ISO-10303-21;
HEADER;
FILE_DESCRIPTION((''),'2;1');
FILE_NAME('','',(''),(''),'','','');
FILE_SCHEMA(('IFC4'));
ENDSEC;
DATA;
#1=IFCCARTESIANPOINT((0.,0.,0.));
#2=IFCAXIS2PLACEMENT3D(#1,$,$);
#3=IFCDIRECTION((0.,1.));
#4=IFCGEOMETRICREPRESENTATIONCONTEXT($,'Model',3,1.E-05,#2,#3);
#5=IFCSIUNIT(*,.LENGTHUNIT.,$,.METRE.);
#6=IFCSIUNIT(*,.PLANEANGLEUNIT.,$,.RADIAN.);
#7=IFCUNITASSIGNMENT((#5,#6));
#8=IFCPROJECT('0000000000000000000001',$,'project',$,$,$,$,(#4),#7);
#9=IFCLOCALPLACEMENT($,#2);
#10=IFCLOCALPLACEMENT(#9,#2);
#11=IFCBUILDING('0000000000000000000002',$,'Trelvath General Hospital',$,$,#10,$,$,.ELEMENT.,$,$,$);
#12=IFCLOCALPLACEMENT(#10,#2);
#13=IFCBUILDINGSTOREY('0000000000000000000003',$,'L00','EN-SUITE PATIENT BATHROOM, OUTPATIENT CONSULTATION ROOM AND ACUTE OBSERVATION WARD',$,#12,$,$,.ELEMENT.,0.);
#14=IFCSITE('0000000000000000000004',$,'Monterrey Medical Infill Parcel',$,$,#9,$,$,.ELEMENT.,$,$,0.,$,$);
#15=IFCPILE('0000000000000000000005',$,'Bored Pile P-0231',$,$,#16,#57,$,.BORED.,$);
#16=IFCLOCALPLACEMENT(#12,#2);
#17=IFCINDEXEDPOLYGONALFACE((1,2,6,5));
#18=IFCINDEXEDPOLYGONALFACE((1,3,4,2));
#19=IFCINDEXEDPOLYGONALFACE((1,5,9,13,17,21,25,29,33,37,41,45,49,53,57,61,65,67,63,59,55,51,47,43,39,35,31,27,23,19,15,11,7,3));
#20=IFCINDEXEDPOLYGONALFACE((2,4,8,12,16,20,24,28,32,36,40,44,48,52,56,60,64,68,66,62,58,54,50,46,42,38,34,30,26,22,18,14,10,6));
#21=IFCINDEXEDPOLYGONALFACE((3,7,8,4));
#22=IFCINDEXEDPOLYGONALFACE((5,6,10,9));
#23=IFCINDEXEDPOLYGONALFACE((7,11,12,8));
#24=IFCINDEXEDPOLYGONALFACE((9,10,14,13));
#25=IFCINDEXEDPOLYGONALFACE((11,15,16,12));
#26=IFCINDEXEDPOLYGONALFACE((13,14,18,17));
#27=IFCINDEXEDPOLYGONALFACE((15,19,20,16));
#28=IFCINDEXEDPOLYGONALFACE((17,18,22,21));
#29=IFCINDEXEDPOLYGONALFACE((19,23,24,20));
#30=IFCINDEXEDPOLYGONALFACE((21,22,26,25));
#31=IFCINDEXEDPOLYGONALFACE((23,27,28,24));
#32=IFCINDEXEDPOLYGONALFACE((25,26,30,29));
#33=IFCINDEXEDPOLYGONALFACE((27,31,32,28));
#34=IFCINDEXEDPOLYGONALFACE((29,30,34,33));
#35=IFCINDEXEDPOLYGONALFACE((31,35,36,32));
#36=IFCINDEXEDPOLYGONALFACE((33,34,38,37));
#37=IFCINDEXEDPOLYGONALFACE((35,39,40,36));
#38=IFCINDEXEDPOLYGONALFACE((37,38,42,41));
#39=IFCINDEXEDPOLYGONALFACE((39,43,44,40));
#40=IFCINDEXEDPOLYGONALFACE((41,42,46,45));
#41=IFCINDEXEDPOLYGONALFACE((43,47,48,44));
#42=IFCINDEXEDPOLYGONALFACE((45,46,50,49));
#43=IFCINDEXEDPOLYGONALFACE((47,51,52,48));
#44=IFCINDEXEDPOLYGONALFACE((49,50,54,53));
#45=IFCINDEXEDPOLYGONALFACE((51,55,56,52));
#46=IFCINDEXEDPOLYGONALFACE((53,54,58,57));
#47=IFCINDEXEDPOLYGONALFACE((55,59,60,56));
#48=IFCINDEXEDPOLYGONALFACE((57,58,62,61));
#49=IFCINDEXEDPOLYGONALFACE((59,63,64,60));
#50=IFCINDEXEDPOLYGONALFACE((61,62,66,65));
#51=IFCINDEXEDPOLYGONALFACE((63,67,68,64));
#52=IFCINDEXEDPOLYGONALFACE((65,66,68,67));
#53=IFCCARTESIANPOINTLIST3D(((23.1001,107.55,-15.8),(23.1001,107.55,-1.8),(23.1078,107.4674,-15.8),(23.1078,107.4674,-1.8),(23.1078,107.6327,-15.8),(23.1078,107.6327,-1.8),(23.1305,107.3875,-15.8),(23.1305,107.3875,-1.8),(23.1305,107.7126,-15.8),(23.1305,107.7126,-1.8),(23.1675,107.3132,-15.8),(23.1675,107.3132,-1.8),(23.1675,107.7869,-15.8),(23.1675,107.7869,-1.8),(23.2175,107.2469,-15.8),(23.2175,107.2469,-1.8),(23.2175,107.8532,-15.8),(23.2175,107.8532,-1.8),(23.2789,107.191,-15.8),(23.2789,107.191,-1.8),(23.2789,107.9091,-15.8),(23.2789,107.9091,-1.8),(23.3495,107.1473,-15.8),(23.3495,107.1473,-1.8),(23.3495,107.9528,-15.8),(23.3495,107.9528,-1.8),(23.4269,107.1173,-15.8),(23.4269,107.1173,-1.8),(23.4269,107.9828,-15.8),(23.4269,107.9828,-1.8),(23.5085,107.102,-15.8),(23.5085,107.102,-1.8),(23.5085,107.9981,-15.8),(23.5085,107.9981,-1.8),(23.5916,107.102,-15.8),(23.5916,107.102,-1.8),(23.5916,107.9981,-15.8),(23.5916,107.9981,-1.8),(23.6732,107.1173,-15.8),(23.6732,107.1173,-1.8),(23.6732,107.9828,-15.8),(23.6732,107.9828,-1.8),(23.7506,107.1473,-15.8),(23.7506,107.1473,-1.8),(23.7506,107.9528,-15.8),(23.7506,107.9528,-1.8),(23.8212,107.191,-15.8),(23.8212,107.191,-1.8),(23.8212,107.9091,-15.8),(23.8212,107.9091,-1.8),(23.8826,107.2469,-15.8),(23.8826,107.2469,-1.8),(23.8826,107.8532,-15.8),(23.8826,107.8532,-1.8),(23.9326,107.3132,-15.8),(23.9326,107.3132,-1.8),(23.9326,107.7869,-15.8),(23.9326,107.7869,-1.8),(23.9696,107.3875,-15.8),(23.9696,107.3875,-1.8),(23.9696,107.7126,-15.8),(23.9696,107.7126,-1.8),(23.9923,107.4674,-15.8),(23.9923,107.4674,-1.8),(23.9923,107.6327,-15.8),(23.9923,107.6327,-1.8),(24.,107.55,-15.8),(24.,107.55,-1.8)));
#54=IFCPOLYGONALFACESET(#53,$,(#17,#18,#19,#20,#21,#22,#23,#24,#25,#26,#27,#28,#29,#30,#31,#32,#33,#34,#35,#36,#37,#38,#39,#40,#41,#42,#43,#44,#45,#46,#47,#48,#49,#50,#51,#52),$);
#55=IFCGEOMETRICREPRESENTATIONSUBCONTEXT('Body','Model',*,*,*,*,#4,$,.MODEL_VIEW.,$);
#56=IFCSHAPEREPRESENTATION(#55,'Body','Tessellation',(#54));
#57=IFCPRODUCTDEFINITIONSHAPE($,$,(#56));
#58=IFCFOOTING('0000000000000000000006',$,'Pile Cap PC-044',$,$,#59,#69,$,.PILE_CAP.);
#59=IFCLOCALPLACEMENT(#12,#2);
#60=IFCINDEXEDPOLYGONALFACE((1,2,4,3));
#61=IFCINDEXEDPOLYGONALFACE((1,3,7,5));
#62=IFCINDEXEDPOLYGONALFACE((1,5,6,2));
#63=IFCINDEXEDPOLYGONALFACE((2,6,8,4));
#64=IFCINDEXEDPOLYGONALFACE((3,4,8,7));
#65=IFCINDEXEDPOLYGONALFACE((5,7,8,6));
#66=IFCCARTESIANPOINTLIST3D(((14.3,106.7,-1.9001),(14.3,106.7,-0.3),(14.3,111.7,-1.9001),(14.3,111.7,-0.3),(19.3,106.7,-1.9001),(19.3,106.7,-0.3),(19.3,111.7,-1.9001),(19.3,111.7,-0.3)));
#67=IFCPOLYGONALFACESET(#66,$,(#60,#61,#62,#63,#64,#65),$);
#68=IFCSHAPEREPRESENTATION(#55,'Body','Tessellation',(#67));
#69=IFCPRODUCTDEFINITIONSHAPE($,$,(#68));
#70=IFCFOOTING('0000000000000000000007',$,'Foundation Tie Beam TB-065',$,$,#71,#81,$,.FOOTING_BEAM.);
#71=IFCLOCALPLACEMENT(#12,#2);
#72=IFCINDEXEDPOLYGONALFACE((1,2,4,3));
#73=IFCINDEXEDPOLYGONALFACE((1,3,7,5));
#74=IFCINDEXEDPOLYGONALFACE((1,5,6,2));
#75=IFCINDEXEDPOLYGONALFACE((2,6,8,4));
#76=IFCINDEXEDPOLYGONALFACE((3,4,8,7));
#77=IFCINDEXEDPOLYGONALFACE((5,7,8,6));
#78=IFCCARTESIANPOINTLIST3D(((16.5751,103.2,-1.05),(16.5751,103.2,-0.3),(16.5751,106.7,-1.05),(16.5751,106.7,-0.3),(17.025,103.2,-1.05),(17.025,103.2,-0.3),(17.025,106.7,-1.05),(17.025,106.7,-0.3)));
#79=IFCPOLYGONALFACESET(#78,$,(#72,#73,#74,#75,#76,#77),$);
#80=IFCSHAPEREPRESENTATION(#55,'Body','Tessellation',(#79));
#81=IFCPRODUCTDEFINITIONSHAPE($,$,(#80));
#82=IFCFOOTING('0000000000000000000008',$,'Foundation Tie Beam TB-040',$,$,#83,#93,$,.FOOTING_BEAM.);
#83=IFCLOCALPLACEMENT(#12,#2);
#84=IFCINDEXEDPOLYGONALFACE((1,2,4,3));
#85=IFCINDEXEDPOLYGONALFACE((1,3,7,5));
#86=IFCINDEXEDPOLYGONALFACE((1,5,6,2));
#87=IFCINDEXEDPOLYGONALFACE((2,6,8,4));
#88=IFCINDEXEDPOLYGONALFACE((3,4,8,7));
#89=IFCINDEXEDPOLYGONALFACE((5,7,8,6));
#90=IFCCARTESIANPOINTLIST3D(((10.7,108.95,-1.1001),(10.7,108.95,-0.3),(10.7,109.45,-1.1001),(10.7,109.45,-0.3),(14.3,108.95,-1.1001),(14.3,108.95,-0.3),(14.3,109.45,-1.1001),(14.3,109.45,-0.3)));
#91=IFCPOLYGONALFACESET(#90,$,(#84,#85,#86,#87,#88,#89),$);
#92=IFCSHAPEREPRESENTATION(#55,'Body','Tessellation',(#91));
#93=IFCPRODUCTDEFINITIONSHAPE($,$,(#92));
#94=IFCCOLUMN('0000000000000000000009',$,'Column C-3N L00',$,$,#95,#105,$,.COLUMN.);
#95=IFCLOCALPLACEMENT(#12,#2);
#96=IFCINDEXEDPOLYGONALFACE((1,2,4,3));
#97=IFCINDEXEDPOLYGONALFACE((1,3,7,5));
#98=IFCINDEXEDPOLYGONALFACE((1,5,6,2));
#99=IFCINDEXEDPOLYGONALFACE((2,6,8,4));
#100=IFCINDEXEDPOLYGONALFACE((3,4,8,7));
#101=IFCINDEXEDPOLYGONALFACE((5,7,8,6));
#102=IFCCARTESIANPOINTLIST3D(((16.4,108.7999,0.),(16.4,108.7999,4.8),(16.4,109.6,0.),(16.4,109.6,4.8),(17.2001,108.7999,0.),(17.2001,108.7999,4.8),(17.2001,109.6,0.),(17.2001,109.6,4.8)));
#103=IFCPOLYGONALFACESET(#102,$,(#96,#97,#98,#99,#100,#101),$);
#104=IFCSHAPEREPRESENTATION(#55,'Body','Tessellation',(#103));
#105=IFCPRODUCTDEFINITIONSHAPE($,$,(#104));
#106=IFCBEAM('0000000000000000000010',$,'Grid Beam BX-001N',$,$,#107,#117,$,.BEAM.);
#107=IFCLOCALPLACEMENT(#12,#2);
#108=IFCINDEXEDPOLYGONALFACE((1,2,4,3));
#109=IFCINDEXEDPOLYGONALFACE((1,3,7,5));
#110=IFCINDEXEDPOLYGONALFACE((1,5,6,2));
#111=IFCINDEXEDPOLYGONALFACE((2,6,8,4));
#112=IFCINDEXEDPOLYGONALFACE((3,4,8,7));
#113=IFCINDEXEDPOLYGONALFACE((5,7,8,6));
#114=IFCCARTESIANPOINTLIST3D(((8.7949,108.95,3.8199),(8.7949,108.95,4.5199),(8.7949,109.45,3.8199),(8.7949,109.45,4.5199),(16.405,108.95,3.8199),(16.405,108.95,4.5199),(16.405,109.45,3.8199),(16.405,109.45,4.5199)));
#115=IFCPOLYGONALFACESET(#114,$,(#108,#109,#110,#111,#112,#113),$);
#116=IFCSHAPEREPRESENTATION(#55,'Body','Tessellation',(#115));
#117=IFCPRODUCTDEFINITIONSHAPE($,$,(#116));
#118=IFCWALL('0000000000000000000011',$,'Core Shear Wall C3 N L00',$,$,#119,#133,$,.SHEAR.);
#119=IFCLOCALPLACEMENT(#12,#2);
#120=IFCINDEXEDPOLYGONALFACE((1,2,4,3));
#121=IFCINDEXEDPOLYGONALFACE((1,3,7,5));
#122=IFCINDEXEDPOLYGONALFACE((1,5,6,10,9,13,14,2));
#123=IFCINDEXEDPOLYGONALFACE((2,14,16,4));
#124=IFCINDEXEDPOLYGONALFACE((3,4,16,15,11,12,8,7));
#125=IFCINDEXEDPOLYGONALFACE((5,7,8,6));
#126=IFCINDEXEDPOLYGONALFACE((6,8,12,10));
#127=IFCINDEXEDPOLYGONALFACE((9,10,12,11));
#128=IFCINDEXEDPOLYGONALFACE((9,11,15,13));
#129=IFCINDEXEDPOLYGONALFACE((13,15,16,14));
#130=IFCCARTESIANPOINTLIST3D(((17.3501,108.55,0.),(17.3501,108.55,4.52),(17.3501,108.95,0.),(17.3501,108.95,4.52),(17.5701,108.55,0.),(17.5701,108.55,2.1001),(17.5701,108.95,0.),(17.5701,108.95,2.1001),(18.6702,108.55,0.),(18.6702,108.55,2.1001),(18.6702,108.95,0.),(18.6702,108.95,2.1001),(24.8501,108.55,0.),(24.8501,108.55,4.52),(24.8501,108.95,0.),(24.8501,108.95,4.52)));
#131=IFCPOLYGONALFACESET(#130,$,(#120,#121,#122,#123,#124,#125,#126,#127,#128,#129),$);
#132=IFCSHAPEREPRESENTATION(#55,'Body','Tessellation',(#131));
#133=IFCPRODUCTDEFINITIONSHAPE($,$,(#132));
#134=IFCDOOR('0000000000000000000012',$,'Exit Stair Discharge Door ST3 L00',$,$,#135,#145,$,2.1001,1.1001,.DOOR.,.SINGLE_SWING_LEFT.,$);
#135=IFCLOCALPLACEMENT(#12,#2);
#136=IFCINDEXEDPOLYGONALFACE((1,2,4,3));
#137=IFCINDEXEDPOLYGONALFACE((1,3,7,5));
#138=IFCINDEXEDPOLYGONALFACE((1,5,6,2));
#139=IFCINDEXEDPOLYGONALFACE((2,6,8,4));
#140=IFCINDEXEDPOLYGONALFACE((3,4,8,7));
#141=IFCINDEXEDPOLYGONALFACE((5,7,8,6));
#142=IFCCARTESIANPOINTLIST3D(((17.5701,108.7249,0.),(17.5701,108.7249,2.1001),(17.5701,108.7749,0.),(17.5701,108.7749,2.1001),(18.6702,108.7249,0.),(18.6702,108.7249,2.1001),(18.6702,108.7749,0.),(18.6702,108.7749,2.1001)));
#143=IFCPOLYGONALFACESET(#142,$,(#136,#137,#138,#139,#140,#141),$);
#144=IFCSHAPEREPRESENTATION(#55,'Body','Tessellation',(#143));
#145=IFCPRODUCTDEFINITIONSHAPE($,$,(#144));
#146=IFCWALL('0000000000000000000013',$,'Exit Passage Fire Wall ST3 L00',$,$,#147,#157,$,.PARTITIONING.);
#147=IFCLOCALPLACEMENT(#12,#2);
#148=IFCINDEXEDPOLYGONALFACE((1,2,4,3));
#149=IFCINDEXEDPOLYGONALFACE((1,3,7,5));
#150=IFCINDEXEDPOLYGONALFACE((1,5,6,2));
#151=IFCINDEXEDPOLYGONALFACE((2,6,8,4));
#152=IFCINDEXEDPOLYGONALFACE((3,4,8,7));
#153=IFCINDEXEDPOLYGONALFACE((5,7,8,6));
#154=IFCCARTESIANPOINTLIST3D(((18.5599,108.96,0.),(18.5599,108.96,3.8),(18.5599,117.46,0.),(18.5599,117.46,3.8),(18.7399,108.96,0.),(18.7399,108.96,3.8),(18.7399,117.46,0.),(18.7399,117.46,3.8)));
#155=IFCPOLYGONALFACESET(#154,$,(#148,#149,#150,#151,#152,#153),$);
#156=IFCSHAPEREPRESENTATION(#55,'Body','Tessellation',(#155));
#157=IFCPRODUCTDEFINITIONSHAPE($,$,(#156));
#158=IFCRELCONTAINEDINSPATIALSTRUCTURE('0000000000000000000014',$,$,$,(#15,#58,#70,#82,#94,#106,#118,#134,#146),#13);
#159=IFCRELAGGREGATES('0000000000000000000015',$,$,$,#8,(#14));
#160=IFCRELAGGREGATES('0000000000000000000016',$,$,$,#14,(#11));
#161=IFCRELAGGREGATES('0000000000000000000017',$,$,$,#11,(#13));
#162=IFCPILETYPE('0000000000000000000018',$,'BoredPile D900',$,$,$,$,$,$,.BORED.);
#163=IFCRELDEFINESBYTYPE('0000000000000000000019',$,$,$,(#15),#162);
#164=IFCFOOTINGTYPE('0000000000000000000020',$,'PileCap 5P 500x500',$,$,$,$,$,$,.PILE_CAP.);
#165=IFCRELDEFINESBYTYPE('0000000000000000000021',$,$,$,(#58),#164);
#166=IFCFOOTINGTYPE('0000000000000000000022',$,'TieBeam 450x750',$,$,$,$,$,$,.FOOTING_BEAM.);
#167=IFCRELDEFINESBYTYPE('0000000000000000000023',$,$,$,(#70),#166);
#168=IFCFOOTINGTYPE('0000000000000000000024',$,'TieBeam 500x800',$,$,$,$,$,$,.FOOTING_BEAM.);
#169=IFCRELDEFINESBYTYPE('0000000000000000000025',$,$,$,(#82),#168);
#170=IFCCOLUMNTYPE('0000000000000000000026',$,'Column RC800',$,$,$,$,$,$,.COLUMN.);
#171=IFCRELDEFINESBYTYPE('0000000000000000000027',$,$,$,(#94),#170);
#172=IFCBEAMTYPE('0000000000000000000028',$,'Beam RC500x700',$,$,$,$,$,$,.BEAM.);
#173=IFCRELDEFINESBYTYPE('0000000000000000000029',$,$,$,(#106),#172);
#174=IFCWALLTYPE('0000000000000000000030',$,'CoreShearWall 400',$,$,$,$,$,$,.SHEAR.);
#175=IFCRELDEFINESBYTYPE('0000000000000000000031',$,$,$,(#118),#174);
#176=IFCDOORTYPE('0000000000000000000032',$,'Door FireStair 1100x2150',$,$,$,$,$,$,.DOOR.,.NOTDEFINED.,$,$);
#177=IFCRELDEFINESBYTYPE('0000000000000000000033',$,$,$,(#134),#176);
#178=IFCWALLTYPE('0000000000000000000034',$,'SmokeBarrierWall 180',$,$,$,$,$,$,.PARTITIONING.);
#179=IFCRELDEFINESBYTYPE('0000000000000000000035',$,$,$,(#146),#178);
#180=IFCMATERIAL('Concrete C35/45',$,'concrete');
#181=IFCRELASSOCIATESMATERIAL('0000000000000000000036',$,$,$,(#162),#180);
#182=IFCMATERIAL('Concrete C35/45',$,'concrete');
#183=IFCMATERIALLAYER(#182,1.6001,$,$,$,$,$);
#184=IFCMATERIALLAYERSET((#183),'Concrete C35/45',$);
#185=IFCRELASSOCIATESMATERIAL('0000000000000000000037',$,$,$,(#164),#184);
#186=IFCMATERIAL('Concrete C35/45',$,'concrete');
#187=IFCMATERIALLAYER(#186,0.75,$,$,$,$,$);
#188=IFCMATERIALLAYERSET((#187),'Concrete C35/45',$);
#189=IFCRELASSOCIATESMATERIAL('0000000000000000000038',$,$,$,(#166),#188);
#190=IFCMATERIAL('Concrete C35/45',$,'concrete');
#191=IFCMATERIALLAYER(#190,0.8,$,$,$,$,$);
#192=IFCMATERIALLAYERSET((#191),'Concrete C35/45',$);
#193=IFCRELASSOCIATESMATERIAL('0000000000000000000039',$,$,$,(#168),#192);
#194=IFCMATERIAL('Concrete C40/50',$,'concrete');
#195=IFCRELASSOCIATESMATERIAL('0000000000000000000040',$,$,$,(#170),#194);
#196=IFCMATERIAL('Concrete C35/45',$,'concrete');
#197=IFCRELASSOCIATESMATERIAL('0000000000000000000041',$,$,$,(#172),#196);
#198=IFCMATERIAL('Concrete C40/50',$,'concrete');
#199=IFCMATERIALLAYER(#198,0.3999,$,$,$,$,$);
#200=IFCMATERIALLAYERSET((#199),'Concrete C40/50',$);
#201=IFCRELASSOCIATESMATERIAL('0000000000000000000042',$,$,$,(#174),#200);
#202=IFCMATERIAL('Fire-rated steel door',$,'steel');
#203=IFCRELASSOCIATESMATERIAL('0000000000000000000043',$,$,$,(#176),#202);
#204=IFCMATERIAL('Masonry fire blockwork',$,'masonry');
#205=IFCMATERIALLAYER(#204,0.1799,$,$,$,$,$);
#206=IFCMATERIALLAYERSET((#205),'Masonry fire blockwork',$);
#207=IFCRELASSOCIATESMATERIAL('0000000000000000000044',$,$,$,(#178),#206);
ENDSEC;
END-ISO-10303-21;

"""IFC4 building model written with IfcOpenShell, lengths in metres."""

from ifc_helpers import new_model, si_unit, direction, frame, frame_2d, origin, origin_2d, place, context, subcontext, project, spatial, rectangle, circle, extrude, material, layer, layer_set, material_profile, profile_set, type_object, element, fill, save


model = new_model("IFC4")

# Units and contexts
model_context = context("Model", 3, precision=1e-05, world=origin(), true_north=direction((0.0, 1.0)))
body_context = subcontext(model_context, "Body", "Model", "MODEL_VIEW")
ifc_project = project(units=[si_unit("LENGTHUNIT", "METRE"), si_unit("PLANEANGLEUNIT", "RADIAN")], contexts=[model_context])

# Site, building, storey
site_placement = place(None, origin())
site = spatial("IfcSite", under=ifc_project, at=site_placement, Name="Monterrey Medical Infill Parcel", CompositionType="ELEMENT", RefElevation=0.0)
building_placement = place(site_placement, origin())
building = spatial("IfcBuilding", under=site, at=building_placement, Name="Trelvath General Hospital", CompositionType="ELEMENT")
storey_placement = place(building_placement, origin())
storey = spatial("IfcBuildingStorey", under=building, at=storey_placement, Name="L00", Description="EN-SUITE PATIENT BATHROOM, OUTPATIENT CONSULTATION ROOM AND ACUTE OBSERVATION WARD", CompositionType="ELEMENT", Elevation=0.0)

# Pile
ifc_material_1 = material(Name="Concrete C35/45", Category="concrete")
ifc_material_profile_1 = material_profile(ifc_material_1, circle(Radius=0.45, at=origin_2d()), Name="PILE900")
ifc_profile_set_1 = profile_set([ifc_material_profile_1], Name="Concrete C35/45")
pile_type_1 = type_object("IfcPileType", Name="BoredPile D900", PredefinedType="BORED", material=ifc_profile_set_1)
for number, where, z_axis, x_axis, name in (
    (1, (23.55, 107.55, -1.8), (0.0, 0.0, -1.0), (1.0, 0.0, 0.0), "Bored Pile P-0231"),
):
    element("IfcPile", number, at=place(storey_placement, frame(where, z_axis=z_axis, x_axis=x_axis)), inside=storey, type_object=pile_type_1, Name=name, PredefinedType="BORED", context=body_context, shape_type="SweptSolid", body=[
        extrude(circle(Radius=0.45, at=origin_2d()), origin(), (0.0, 0.0, 1.0), 14.0),
    ])

# Footings
ifc_material_2 = material(Name="Concrete C35/45", Category="concrete")
ifc_layer_1 = layer(ifc_material_2, 1.6001)
ifc_layer_set_1 = layer_set([ifc_layer_1], Name="Concrete C35/45")
footing_type_1 = type_object("IfcFootingType", Name="PileCap 5P 500x500", PredefinedType="PILE_CAP", material=ifc_layer_set_1)
footing_1_placement = place(storey_placement, frame((16.8, 109.2, -1.9001), z_axis=(0.0, 0.0, 1.0), x_axis=(1.0, 0.0, 0.0)))
element("IfcFooting", 2, at=footing_1_placement, inside=storey, type_object=footing_type_1, Name="Pile Cap PC-044", PredefinedType="PILE_CAP", context=body_context, shape_type="SweptSolid", body=[
    extrude(rectangle(XDim=5.0, YDim=5.0, at=origin_2d()), origin(), (0.0, 0.0, 1.0), 1.6001),
])
ifc_material_3 = material(Name="Concrete C35/45", Category="concrete")
ifc_layer_2 = layer(ifc_material_3, 0.75)
ifc_layer_set_2 = layer_set([ifc_layer_2], Name="Concrete C35/45")
footing_type_2 = type_object("IfcFootingType", Name="TieBeam 450x750", PredefinedType="FOOTING_BEAM", material=ifc_layer_set_2)
footing_2_placement = place(storey_placement, frame((16.8, 104.95, -1.05), z_axis=(0.0, 0.0, 1.0), x_axis=(1.0, 0.0, 0.0)))
element("IfcFooting", 3, at=footing_2_placement, inside=storey, type_object=footing_type_2, Name="Foundation Tie Beam TB-065", PredefinedType="FOOTING_BEAM", context=body_context, shape_type="SweptSolid", body=[
    extrude(rectangle(XDim=0.45, YDim=3.5, at=origin_2d()), origin(), (0.0, 0.0, 1.0), 0.75),
])
ifc_material_4 = material(Name="Concrete C35/45", Category="concrete")
ifc_layer_3 = layer(ifc_material_4, 0.8)
ifc_layer_set_3 = layer_set([ifc_layer_3], Name="Concrete C35/45")
footing_type_3 = type_object("IfcFootingType", Name="TieBeam 500x800", PredefinedType="FOOTING_BEAM", material=ifc_layer_set_3)
footing_3_placement = place(storey_placement, frame((12.5, 109.2, -1.1001), z_axis=(0.0, 0.0, 1.0), x_axis=(1.0, 0.0, 0.0)))
element("IfcFooting", 4, at=footing_3_placement, inside=storey, type_object=footing_type_3, Name="Foundation Tie Beam TB-040", PredefinedType="FOOTING_BEAM", context=body_context, shape_type="SweptSolid", body=[
    extrude(rectangle(XDim=3.6001, YDim=0.5, at=origin_2d()), origin(), (0.0, 0.0, 1.0), 0.8),
])

# Column
ifc_material_5 = material(Name="Concrete C40/50", Category="concrete")
ifc_material_profile_2 = material_profile(ifc_material_5, rectangle(XDim=0.8, YDim=0.8, at=origin_2d()), Name="RC800x800")
ifc_profile_set_2 = profile_set([ifc_material_profile_2], Name="Concrete C40/50")
column_type = type_object("IfcColumnType", Name="Column RC800", PredefinedType="COLUMN", material=ifc_profile_set_2)
column_placement = place(storey_placement, frame((16.8, 109.2, 0.0), z_axis=(0.0, 0.0, 1.0), x_axis=(1.0, 0.0, 0.0)))
element("IfcColumn", 5, at=column_placement, inside=storey, type_object=column_type, Name="Column C-3N L00", PredefinedType="COLUMN", context=body_context, shape_type="SweptSolid", body=[
    extrude(rectangle(XDim=0.8, YDim=0.8, at=origin_2d()), origin(), (0.0, 0.0, 1.0), 4.8),
])

# Beam
ifc_material_6 = material(Name="Concrete C35/45", Category="concrete")
ifc_material_profile_3 = material_profile(ifc_material_6, rectangle(XDim=0.5, YDim=0.7, at=origin_2d()), Name="RCB500x700")
ifc_profile_set_3 = profile_set([ifc_material_profile_3], Name="Concrete C35/45")
beam_type = type_object("IfcBeamType", Name="Beam RC500x700", PredefinedType="BEAM", material=ifc_profile_set_3)
beam_placement = place(storey_placement, frame((8.7949, 109.2, 4.1699), z_axis=(1.0, 0.0, 0.0), x_axis=(0.0, 1.0, 0.0)))
element("IfcBeam", 6, at=beam_placement, inside=storey, type_object=beam_type, Name="Grid Beam BX-001N", PredefinedType="BEAM", context=body_context, shape_type="SweptSolid", body=[
    extrude(rectangle(XDim=0.5, YDim=0.7, at=origin_2d()), origin(), (0.0, 0.0, 1.0), 7.6101),
])

# Wall, opening, door
ifc_material_7 = material(Name="Concrete C40/50", Category="concrete")
ifc_layer_4 = layer(ifc_material_7, 0.3999)
ifc_layer_set_4 = layer_set([ifc_layer_4], Name="Concrete C40/50")
wall_type_1 = type_object("IfcWallType", Name="CoreShearWall 400", PredefinedType="SHEAR", material=ifc_layer_set_4)
wall_1_placement = place(storey_placement, frame((17.3501, 108.75, 0.0), z_axis=(0.0, 0.0, 1.0), x_axis=(1.0, 0.0, 0.0)))
wall_1 = element("IfcWall", 7, at=wall_1_placement, inside=storey, type_object=wall_type_1, Name="Core Shear Wall C3 N L00", PredefinedType="SHEAR", context=body_context, shape_type="SweptSolid", body=[
    extrude(rectangle(XDim=7.5, YDim=0.3999, at=frame_2d((3.75, 0.0))), origin(), (0.0, 0.0, 1.0), 4.52),
])
opening_1_placement = place(wall_1_placement, frame((0.22, 0.0, 0.0)))
opening_1 = element("IfcOpeningElement", 8, at=opening_1_placement, cuts=wall_1, PredefinedType="OPENING", context=body_context, shape_type="SweptSolid", body=[
    extrude(rectangle(XDim=1.1001, YDim=2.1001, at=frame_2d((0.55, 1.05))), frame((0.0, 0.21, 0.0), z_axis=(0.0, -1.0, 0.0), x_axis=(1.0, 0.0, 0.0)), (0.0, 0.0, 1.0), 0.4199),
])
ifc_material_8 = material(Name="Fire-rated steel door", Category="steel")
door_type_1 = type_object("IfcDoorType", Name="Door FireStair 1100x2150", OperationType="NOTDEFINED", PredefinedType="DOOR", material=ifc_material_8)
door_1_placement = place(opening_1_placement, origin())
door_1 = element("IfcDoor", 9, at=door_1_placement, inside=storey, type_object=door_type_1, Name="Exit Stair Discharge Door ST3 L00", OperationType="SINGLE_SWING_LEFT", OverallHeight=2.1001, OverallWidth=1.1001, PredefinedType="DOOR", context=body_context, shape_type="SweptSolid", body=[
    extrude(rectangle(XDim=1.1001, YDim=2.1001, at=frame_2d((0.55, 1.05))), frame((0.0, 0.0249, 0.0), z_axis=(0.0, -1.0, 0.0), x_axis=(1.0, 0.0, 0.0)), (0.0, 0.0, 1.0), 0.05),
])
fill(opening_1, door_1)

# Wall
ifc_material_9 = material(Name="Masonry fire blockwork", Category="masonry")
ifc_layer_5 = layer(ifc_material_9, 0.1799)
ifc_layer_set_5 = layer_set([ifc_layer_5], Name="Masonry fire blockwork")
wall_type_2 = type_object("IfcWallType", Name="SmokeBarrierWall 180", PredefinedType="PARTITIONING", material=ifc_layer_set_5)
wall_2_placement = place(storey_placement, frame((18.6499, 108.96, 0.0), z_axis=(0.0, 0.0, 1.0), x_axis=(0.0, 1.0, 0.0)))
element("IfcWall", 10, at=wall_2_placement, inside=storey, type_object=wall_type_2, Name="Exit Passage Fire Wall ST3 L00", PredefinedType="PARTITIONING", context=body_context, shape_type="SweptSolid", body=[
    extrude(rectangle(XDim=8.5, YDim=0.1799, at=frame_2d((4.25, 0.0))), origin(), (0.0, 0.0, 1.0), 3.8),
])

save(model, "model.ifc")
